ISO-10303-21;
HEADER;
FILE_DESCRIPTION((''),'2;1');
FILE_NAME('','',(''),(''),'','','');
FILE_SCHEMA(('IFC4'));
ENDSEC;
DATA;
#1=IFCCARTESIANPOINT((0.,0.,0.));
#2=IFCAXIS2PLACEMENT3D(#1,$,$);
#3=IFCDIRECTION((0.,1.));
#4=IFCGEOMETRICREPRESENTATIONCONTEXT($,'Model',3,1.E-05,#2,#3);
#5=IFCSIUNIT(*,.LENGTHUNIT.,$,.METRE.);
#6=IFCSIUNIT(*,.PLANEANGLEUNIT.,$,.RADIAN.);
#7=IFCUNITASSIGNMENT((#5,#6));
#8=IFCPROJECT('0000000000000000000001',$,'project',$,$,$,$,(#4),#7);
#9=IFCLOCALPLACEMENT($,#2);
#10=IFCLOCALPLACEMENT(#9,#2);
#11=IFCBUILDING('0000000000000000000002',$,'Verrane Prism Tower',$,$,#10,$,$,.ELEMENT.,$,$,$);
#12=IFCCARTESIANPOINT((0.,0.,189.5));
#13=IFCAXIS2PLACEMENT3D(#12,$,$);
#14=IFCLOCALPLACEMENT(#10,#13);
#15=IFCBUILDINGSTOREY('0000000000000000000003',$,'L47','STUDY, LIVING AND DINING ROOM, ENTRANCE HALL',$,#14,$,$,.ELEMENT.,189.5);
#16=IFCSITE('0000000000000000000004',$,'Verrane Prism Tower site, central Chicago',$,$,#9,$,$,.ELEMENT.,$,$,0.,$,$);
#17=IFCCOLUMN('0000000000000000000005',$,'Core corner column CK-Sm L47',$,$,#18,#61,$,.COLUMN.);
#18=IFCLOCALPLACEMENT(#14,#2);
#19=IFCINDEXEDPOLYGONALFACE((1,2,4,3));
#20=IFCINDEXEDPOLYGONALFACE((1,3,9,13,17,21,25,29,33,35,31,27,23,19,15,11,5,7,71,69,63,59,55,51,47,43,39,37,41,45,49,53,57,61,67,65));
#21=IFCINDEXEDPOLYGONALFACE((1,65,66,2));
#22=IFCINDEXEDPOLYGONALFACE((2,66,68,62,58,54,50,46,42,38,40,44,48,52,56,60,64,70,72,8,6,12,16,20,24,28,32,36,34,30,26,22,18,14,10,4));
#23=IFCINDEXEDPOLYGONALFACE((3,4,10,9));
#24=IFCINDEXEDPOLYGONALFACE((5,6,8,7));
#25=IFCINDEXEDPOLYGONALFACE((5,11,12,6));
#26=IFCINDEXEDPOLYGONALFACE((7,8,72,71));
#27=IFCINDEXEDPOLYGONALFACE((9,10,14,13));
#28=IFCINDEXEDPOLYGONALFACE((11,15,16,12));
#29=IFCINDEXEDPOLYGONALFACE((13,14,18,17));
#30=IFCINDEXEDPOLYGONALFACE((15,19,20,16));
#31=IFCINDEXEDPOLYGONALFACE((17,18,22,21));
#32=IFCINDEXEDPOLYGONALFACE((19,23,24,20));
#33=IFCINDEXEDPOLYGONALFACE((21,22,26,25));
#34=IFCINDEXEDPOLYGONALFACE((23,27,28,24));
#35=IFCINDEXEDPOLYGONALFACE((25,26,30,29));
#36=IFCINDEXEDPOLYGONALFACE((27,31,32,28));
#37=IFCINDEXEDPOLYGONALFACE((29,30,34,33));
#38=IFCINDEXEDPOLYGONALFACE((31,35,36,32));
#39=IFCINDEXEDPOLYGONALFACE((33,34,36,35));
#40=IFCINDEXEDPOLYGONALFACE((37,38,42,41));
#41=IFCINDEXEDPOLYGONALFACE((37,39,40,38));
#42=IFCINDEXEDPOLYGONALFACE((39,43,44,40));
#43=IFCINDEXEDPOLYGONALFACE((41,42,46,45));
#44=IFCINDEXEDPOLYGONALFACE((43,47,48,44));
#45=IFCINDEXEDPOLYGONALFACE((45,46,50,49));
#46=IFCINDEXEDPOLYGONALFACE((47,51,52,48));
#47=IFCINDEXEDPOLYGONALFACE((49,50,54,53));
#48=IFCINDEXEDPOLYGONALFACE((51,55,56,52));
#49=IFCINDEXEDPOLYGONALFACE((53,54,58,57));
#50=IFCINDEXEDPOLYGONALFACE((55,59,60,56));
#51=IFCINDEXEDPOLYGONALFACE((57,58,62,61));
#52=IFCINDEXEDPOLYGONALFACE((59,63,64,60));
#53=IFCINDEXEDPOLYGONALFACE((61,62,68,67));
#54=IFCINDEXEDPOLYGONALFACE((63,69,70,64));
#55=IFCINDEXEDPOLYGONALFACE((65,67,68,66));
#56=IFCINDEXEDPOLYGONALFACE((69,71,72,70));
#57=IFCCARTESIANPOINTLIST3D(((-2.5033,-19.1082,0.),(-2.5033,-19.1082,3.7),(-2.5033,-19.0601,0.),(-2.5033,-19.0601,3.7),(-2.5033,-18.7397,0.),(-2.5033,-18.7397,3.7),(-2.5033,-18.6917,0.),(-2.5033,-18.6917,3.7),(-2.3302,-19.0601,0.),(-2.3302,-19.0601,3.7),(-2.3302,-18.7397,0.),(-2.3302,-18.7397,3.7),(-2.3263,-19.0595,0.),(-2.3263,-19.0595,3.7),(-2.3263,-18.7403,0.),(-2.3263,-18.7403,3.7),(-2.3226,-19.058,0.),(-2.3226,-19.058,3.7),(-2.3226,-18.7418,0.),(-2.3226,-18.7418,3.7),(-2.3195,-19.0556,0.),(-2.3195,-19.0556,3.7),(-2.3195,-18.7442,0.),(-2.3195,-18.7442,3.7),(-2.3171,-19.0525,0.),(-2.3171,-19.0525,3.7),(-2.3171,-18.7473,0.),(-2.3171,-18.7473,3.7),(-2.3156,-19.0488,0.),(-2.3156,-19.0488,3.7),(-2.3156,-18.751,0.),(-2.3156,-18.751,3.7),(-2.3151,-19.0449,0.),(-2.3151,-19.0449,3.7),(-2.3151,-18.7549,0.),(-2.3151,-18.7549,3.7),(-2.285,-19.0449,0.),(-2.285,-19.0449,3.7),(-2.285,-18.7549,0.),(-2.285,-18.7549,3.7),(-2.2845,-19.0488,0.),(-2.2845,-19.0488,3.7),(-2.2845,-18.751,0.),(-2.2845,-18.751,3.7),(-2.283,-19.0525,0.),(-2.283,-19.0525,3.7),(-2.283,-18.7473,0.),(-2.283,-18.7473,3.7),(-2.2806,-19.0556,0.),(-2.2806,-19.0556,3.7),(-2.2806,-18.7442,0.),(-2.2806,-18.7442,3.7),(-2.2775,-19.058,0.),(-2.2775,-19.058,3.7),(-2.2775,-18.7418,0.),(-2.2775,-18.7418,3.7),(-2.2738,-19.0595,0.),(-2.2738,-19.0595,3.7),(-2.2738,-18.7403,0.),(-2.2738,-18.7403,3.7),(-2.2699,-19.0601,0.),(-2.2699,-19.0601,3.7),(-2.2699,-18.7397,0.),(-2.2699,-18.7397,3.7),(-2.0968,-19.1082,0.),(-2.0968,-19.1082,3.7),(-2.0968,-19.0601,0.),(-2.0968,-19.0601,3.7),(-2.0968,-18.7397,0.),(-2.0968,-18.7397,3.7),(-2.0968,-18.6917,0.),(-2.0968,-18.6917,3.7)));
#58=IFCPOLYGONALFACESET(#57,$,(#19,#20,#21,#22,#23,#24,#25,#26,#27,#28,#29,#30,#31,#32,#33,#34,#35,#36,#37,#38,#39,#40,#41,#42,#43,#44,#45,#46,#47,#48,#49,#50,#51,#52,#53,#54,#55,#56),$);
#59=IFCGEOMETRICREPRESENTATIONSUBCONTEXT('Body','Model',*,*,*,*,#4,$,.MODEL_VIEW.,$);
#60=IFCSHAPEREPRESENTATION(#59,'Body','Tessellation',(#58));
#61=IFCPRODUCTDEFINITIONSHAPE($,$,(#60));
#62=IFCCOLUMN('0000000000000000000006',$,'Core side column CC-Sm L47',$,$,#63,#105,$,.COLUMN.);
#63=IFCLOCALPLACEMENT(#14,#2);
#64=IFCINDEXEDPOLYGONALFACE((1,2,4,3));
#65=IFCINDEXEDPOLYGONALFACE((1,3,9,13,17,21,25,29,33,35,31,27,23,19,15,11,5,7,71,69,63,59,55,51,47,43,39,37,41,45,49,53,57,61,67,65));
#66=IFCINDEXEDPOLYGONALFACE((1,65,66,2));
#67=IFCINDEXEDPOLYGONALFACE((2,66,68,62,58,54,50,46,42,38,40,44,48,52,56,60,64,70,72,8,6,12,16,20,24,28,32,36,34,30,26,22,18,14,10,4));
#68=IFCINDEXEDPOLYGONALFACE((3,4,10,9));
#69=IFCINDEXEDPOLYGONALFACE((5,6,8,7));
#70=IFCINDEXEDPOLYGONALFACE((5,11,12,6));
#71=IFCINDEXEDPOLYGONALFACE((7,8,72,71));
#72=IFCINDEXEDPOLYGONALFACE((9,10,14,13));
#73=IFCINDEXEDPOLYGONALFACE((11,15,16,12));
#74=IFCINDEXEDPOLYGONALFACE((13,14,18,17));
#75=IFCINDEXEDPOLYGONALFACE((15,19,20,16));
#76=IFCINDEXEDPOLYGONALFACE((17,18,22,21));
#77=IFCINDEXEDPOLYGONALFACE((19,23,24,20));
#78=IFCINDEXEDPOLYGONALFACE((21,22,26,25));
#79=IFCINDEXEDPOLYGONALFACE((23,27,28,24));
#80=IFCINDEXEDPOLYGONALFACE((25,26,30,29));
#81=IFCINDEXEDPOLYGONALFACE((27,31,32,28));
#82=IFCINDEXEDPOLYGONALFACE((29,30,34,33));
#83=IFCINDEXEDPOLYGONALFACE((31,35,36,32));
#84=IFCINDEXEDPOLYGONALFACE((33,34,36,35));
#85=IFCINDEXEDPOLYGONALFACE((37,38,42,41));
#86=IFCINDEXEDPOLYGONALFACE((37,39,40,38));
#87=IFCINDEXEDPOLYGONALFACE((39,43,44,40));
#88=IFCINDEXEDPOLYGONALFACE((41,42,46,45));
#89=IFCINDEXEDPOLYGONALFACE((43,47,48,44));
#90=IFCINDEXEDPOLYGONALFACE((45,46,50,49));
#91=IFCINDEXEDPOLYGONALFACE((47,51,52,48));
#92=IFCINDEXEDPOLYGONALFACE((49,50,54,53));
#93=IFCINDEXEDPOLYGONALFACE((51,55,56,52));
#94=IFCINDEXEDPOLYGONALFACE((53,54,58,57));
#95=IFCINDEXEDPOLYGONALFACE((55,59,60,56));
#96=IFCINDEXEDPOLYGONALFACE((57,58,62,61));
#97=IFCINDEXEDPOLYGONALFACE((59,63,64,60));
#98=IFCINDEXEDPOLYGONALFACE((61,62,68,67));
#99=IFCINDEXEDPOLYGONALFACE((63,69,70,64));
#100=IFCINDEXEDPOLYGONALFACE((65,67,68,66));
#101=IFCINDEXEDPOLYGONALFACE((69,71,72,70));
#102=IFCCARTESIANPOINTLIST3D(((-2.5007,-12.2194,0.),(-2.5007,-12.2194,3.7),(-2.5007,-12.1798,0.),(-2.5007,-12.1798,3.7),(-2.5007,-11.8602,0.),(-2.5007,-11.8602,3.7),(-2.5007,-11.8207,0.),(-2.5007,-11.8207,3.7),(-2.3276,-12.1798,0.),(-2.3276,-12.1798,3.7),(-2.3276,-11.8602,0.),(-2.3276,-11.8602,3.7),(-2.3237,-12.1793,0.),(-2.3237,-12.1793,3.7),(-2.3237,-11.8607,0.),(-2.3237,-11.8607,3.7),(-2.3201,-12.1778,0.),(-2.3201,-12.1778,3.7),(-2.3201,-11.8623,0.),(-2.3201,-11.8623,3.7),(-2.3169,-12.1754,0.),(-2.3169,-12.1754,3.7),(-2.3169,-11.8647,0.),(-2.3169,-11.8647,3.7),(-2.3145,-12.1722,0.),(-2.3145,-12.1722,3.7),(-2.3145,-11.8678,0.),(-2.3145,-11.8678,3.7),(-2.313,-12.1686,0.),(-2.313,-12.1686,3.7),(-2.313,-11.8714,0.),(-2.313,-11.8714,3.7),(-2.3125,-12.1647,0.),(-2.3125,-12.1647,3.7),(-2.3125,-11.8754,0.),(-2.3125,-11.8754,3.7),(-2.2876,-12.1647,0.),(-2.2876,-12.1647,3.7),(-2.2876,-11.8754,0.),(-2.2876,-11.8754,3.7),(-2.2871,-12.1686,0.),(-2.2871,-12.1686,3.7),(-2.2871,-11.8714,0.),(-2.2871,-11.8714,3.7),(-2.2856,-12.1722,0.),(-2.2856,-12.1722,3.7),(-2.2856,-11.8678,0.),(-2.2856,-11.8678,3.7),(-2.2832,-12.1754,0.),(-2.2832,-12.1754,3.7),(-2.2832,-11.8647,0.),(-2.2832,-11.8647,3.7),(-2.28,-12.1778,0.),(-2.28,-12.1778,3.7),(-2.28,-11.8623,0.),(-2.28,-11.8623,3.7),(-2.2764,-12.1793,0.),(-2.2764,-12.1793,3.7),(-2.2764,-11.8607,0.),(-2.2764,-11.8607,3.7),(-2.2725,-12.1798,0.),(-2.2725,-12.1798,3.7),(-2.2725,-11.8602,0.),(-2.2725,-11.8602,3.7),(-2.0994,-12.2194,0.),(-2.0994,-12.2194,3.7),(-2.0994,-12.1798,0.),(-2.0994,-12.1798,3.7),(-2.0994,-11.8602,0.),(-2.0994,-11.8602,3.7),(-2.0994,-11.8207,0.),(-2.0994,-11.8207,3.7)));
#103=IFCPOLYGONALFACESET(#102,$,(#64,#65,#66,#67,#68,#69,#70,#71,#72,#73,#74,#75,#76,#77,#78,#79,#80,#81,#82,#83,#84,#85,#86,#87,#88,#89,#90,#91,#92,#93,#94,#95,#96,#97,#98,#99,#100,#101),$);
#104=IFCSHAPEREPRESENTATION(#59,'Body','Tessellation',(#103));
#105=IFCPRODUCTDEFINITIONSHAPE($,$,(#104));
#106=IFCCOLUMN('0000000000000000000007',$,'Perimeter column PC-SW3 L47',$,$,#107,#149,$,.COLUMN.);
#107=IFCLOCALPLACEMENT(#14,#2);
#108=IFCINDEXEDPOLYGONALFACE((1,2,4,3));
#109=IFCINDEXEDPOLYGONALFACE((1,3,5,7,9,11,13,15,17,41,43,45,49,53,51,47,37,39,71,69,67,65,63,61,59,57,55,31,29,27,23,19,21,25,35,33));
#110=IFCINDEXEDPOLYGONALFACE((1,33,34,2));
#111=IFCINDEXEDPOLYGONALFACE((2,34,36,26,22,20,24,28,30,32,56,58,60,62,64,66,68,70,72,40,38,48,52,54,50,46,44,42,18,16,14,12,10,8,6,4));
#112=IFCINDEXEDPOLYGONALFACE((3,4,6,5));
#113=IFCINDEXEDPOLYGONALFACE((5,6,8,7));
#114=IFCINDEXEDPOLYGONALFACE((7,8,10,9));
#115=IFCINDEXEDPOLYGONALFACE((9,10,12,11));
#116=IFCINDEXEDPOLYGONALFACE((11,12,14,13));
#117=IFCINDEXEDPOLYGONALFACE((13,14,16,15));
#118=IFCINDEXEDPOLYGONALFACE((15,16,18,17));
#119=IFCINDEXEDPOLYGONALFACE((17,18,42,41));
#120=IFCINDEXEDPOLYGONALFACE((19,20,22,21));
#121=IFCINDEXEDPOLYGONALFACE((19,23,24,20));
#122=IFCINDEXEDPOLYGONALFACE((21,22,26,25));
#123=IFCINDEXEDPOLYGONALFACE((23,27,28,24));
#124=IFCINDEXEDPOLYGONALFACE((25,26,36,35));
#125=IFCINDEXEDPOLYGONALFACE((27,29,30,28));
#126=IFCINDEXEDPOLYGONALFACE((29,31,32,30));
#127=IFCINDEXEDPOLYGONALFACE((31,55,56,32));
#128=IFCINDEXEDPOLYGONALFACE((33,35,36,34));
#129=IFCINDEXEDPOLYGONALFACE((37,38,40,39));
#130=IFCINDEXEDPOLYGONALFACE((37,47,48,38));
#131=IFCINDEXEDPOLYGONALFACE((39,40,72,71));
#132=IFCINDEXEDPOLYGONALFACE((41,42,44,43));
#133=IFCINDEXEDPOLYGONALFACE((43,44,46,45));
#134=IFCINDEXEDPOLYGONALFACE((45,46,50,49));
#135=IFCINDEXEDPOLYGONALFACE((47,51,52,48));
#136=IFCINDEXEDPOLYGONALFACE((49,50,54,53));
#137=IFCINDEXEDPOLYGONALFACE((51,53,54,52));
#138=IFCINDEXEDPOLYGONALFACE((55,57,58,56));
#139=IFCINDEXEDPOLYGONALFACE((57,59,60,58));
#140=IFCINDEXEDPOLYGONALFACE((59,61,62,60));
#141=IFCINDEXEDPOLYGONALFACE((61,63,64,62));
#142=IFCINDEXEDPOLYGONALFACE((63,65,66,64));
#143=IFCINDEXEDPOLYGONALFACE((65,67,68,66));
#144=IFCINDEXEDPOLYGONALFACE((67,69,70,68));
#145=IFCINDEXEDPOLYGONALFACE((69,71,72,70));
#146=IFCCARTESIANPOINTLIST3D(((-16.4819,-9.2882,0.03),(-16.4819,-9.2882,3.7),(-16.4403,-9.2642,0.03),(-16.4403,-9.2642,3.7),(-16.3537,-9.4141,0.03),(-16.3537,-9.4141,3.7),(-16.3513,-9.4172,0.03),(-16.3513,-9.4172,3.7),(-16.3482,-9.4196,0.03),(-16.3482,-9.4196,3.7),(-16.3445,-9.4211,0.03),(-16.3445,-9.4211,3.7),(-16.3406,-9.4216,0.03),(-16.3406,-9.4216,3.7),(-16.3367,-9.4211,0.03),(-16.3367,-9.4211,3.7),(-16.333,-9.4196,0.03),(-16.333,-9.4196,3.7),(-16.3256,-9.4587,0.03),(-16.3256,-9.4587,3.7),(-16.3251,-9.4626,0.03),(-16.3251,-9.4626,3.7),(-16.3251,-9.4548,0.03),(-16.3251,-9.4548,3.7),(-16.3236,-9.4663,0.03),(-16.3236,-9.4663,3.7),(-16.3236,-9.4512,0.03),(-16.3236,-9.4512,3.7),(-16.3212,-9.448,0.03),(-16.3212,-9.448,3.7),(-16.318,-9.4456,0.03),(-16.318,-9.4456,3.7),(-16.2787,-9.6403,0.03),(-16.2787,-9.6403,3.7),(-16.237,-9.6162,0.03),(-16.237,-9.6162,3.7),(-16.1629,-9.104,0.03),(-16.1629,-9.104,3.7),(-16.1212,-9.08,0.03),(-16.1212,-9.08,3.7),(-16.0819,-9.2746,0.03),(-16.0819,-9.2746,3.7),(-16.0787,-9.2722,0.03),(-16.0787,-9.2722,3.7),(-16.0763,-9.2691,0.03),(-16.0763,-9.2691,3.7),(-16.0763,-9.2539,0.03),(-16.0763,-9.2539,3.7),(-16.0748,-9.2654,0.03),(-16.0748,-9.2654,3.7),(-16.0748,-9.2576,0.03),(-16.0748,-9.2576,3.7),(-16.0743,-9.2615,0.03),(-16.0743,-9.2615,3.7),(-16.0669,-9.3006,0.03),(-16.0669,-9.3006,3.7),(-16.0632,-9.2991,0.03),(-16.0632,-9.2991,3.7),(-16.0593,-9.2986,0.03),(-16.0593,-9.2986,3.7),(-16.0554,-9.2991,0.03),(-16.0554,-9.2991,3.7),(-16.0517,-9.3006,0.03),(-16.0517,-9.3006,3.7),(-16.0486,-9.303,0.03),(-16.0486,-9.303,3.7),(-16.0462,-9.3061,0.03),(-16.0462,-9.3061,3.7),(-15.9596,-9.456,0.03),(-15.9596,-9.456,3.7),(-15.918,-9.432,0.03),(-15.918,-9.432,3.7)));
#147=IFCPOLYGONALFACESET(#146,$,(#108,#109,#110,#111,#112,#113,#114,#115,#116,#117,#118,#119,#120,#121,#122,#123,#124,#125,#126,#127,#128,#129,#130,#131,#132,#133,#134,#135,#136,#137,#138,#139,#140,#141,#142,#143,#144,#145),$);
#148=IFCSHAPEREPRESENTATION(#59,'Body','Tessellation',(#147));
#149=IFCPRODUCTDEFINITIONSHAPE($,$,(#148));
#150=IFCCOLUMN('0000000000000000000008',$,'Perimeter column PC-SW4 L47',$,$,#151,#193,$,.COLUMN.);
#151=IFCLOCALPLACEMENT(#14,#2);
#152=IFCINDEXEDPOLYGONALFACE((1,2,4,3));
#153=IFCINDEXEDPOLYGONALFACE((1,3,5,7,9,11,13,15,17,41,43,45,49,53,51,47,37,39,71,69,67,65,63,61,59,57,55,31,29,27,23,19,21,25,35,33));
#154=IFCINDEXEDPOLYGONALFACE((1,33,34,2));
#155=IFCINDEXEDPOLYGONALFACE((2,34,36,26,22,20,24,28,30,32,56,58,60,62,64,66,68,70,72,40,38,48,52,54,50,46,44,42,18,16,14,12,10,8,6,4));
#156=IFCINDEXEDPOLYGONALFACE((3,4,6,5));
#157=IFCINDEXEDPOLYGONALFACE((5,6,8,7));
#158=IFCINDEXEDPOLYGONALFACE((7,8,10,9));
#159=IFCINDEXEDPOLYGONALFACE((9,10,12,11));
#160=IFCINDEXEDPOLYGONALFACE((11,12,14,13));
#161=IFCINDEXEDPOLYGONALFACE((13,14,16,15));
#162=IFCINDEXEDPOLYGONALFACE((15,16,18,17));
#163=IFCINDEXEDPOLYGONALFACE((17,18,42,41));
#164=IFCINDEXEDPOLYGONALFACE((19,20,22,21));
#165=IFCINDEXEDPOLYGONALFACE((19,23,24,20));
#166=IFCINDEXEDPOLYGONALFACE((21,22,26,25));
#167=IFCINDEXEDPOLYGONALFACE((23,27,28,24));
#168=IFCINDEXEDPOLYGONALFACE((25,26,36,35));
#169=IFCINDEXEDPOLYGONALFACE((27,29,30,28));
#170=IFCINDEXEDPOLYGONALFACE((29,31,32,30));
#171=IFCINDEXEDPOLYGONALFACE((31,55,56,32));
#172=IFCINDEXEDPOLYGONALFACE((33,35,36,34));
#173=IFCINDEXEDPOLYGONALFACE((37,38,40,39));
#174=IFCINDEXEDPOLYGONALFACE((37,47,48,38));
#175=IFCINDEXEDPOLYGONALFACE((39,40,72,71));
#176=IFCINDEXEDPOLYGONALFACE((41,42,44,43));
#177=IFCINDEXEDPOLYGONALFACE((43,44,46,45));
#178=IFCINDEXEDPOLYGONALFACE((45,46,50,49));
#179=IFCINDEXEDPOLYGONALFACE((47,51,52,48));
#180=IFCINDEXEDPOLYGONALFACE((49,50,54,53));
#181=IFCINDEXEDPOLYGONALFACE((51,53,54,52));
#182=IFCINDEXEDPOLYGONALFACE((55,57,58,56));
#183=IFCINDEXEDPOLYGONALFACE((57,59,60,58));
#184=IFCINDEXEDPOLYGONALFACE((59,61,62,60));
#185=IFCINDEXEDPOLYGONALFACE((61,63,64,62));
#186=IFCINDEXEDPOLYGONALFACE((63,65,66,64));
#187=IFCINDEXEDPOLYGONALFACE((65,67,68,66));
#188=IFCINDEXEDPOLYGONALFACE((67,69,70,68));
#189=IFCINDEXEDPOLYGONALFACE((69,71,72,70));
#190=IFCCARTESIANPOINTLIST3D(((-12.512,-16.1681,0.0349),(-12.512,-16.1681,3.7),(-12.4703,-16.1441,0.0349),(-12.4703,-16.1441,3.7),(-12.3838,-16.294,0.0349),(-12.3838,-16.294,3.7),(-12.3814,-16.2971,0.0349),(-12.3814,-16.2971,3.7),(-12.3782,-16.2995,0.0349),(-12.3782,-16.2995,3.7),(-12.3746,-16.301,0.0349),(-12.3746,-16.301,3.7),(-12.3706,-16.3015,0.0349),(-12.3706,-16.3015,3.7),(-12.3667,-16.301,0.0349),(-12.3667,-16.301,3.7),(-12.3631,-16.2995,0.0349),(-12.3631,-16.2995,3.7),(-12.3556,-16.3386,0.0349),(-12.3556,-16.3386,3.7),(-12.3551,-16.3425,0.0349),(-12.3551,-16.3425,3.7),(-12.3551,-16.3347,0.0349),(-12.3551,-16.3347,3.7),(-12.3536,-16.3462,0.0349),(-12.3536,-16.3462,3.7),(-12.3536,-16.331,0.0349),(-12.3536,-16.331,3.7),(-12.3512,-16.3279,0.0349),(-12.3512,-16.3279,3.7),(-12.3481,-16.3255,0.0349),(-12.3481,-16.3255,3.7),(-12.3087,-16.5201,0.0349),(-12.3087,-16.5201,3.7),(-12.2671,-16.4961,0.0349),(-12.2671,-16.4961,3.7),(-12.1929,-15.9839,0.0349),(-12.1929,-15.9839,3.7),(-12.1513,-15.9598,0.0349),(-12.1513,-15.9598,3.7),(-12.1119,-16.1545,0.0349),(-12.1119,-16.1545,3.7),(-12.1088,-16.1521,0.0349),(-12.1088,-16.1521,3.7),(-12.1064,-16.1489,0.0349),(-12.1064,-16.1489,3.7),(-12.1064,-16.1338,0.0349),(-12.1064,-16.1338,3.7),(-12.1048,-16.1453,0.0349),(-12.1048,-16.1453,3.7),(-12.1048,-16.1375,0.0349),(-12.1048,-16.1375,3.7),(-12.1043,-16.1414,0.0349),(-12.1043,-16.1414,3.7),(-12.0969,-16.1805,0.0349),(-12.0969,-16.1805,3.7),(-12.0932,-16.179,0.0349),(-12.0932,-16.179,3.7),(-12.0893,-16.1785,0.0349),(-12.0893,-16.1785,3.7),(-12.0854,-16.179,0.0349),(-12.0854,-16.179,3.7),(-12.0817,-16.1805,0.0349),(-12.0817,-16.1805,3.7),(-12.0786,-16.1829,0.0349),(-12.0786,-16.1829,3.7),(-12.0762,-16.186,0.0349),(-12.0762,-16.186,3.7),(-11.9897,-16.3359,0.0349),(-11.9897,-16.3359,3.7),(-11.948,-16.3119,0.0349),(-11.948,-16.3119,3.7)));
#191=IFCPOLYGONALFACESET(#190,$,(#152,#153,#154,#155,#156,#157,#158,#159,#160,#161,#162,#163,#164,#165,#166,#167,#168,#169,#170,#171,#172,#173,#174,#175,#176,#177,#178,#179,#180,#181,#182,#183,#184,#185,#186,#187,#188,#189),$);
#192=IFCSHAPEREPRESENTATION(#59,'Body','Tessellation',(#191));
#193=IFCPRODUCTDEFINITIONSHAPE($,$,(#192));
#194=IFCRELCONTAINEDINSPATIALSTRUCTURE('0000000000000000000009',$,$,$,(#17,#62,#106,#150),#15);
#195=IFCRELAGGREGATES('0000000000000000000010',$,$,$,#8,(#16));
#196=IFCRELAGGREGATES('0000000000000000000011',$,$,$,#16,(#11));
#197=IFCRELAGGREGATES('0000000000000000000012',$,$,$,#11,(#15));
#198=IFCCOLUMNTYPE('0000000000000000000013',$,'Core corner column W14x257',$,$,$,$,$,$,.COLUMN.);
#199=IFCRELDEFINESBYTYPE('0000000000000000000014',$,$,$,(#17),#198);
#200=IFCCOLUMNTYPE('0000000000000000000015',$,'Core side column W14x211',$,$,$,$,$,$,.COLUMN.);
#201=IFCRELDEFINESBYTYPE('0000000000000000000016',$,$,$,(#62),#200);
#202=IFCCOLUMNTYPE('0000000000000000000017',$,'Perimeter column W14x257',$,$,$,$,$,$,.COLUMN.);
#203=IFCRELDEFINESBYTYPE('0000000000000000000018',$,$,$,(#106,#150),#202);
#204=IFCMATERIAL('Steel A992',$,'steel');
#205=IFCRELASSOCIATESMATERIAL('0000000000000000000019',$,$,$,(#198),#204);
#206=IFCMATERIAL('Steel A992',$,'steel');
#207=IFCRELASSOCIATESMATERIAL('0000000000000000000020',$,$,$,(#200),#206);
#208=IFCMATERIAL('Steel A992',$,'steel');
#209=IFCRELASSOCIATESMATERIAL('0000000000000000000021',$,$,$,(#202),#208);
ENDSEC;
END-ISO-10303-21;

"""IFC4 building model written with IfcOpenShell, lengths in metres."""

from ifc_helpers import new_model, si_unit, direction, frame, origin, origin_2d, place, context, subcontext, project, spatial, i_section, extrude, material, material_profile, profile_set, type_object, element, save


model = new_model("IFC4")

# Units and contexts
model_context = context("Model", 3, precision=1e-05, world=origin(), true_north=direction((0.0, 1.0)))
body_context = subcontext(model_context, "Body", "Model", "MODEL_VIEW")
ifc_project = project(units=[si_unit("LENGTHUNIT", "METRE"), si_unit("PLANEANGLEUNIT", "RADIAN")], contexts=[model_context])

# Site, building, storey
site_placement = place(None, origin())
site = spatial("IfcSite", under=ifc_project, at=site_placement, Name="Verrane Prism Tower site, central Chicago", CompositionType="ELEMENT", RefElevation=0.0)
building_placement = place(site_placement, origin())
building = spatial("IfcBuilding", under=site, at=building_placement, Name="Verrane Prism Tower", CompositionType="ELEMENT")
storey_placement = place(building_placement, frame((0.0, 0.0, 189.5)))
storey = spatial("IfcBuildingStorey", under=building, at=storey_placement, Name="L47", Description="STUDY, LIVING AND DINING ROOM, ENTRANCE HALL", CompositionType="ELEMENT", Elevation=189.5)

# Columns
ifc_material_1 = material(Name="Steel A992", Category="steel")
ifc_material_profile_1 = material_profile(ifc_material_1, i_section(OverallWidth=0.4065, OverallDepth=0.4165, WebThickness=0.03, FlangeThickness=0.0481, FilletRadius=0.0151, at=origin_2d()), Name="W14x257")
ifc_profile_set_1 = profile_set([ifc_material_profile_1], Name="Steel A992")
column_type_1 = type_object("IfcColumnType", Name="Core corner column W14x257", PredefinedType="COLUMN", material=ifc_profile_set_1)
column_1_placement = place(storey_placement, frame((-2.3, -18.8999, 0.0), z_axis=(0.0, 0.0, 1.0), x_axis=(-1.0, 0.0, 0.0)))
element("IfcColumn", 1, at=column_1_placement, inside=storey, type_object=column_type_1, Name="Core corner column CK-Sm L47", PredefinedType="COLUMN", context=body_context, shape_type="SweptSolid", body=[
    extrude(i_section(OverallWidth=0.4065, OverallDepth=0.4165, WebThickness=0.03, FlangeThickness=0.0481, FilletRadius=0.0151, at=origin_2d()), origin(), (0.0, 0.0, 1.0), 3.7),
])
ifc_material_2 = material(Name="Steel A992", Category="steel")
ifc_material_profile_2 = material_profile(ifc_material_2, i_section(OverallWidth=0.4014, OverallDepth=0.3987, WebThickness=0.0249, FlangeThickness=0.0396, FilletRadius=0.0151, at=origin_2d()), Name="W14x211")
ifc_profile_set_2 = profile_set([ifc_material_profile_2], Name="Steel A992")
column_type_2 = type_object("IfcColumnType", Name="Core side column W14x211", PredefinedType="COLUMN", material=ifc_profile_set_2)
column_2_placement = place(storey_placement, frame((-2.3, -12.02, 0.0), z_axis=(0.0, 0.0, 1.0), x_axis=(1.0, 0.0, 0.0)))
element("IfcColumn", 2, at=column_2_placement, inside=storey, type_object=column_type_2, Name="Core side column CC-Sm L47", PredefinedType="COLUMN", context=body_context, shape_type="SweptSolid", body=[
    extrude(i_section(OverallWidth=0.4014, OverallDepth=0.3987, WebThickness=0.0249, FlangeThickness=0.0396, FilletRadius=0.0151, at=origin_2d()), origin(), (0.0, 0.0, 1.0), 3.7),
])
ifc_material_3 = material(Name="Steel A992", Category="steel")
ifc_material_profile_3 = material_profile(ifc_material_3, i_section(OverallWidth=0.4065, OverallDepth=0.4165, WebThickness=0.03, FlangeThickness=0.0481, FilletRadius=0.0151, at=origin_2d()), Name="W14x257")
ifc_profile_set_3 = profile_set([ifc_material_profile_3], Name="Steel A992")
column_type_3 = type_object("IfcColumnType", Name="Perimeter column W14x257", PredefinedType="COLUMN", material=ifc_profile_set_3)
column_3_placement = place(storey_placement, frame((-16.2, -9.3601, 0.03), z_axis=(0.0, 0.0, 1.0), x_axis=(-0.5, 0.866025, 0.0)))
element("IfcColumn", 3, at=column_3_placement, inside=storey, type_object=column_type_3, Name="Perimeter column PC-SW3 L47", PredefinedType="COLUMN", context=body_context, shape_type="SweptSolid", body=[
    extrude(i_section(OverallWidth=0.4065, OverallDepth=0.4165, WebThickness=0.03, FlangeThickness=0.0481, FilletRadius=0.0151, at=origin_2d()), origin(), (0.0, 0.0, 1.0), 3.6699),
])
column_4_placement = place(storey_placement, frame((-12.23, -16.24, 0.0349), z_axis=(0.0, 0.0, 1.0), x_axis=(-0.5, 0.866025, 0.0)))
element("IfcColumn", 4, at=column_4_placement, inside=storey, type_object=column_type_3, Name="Perimeter column PC-SW4 L47", PredefinedType="COLUMN", context=body_context, shape_type="SweptSolid", body=[
    extrude(i_section(OverallWidth=0.4065, OverallDepth=0.4165, WebThickness=0.03, FlangeThickness=0.0481, FilletRadius=0.0151, at=origin_2d()), origin(), (0.0, 0.0, 1.0), 3.665),
])

save(model, "model.ifc")
